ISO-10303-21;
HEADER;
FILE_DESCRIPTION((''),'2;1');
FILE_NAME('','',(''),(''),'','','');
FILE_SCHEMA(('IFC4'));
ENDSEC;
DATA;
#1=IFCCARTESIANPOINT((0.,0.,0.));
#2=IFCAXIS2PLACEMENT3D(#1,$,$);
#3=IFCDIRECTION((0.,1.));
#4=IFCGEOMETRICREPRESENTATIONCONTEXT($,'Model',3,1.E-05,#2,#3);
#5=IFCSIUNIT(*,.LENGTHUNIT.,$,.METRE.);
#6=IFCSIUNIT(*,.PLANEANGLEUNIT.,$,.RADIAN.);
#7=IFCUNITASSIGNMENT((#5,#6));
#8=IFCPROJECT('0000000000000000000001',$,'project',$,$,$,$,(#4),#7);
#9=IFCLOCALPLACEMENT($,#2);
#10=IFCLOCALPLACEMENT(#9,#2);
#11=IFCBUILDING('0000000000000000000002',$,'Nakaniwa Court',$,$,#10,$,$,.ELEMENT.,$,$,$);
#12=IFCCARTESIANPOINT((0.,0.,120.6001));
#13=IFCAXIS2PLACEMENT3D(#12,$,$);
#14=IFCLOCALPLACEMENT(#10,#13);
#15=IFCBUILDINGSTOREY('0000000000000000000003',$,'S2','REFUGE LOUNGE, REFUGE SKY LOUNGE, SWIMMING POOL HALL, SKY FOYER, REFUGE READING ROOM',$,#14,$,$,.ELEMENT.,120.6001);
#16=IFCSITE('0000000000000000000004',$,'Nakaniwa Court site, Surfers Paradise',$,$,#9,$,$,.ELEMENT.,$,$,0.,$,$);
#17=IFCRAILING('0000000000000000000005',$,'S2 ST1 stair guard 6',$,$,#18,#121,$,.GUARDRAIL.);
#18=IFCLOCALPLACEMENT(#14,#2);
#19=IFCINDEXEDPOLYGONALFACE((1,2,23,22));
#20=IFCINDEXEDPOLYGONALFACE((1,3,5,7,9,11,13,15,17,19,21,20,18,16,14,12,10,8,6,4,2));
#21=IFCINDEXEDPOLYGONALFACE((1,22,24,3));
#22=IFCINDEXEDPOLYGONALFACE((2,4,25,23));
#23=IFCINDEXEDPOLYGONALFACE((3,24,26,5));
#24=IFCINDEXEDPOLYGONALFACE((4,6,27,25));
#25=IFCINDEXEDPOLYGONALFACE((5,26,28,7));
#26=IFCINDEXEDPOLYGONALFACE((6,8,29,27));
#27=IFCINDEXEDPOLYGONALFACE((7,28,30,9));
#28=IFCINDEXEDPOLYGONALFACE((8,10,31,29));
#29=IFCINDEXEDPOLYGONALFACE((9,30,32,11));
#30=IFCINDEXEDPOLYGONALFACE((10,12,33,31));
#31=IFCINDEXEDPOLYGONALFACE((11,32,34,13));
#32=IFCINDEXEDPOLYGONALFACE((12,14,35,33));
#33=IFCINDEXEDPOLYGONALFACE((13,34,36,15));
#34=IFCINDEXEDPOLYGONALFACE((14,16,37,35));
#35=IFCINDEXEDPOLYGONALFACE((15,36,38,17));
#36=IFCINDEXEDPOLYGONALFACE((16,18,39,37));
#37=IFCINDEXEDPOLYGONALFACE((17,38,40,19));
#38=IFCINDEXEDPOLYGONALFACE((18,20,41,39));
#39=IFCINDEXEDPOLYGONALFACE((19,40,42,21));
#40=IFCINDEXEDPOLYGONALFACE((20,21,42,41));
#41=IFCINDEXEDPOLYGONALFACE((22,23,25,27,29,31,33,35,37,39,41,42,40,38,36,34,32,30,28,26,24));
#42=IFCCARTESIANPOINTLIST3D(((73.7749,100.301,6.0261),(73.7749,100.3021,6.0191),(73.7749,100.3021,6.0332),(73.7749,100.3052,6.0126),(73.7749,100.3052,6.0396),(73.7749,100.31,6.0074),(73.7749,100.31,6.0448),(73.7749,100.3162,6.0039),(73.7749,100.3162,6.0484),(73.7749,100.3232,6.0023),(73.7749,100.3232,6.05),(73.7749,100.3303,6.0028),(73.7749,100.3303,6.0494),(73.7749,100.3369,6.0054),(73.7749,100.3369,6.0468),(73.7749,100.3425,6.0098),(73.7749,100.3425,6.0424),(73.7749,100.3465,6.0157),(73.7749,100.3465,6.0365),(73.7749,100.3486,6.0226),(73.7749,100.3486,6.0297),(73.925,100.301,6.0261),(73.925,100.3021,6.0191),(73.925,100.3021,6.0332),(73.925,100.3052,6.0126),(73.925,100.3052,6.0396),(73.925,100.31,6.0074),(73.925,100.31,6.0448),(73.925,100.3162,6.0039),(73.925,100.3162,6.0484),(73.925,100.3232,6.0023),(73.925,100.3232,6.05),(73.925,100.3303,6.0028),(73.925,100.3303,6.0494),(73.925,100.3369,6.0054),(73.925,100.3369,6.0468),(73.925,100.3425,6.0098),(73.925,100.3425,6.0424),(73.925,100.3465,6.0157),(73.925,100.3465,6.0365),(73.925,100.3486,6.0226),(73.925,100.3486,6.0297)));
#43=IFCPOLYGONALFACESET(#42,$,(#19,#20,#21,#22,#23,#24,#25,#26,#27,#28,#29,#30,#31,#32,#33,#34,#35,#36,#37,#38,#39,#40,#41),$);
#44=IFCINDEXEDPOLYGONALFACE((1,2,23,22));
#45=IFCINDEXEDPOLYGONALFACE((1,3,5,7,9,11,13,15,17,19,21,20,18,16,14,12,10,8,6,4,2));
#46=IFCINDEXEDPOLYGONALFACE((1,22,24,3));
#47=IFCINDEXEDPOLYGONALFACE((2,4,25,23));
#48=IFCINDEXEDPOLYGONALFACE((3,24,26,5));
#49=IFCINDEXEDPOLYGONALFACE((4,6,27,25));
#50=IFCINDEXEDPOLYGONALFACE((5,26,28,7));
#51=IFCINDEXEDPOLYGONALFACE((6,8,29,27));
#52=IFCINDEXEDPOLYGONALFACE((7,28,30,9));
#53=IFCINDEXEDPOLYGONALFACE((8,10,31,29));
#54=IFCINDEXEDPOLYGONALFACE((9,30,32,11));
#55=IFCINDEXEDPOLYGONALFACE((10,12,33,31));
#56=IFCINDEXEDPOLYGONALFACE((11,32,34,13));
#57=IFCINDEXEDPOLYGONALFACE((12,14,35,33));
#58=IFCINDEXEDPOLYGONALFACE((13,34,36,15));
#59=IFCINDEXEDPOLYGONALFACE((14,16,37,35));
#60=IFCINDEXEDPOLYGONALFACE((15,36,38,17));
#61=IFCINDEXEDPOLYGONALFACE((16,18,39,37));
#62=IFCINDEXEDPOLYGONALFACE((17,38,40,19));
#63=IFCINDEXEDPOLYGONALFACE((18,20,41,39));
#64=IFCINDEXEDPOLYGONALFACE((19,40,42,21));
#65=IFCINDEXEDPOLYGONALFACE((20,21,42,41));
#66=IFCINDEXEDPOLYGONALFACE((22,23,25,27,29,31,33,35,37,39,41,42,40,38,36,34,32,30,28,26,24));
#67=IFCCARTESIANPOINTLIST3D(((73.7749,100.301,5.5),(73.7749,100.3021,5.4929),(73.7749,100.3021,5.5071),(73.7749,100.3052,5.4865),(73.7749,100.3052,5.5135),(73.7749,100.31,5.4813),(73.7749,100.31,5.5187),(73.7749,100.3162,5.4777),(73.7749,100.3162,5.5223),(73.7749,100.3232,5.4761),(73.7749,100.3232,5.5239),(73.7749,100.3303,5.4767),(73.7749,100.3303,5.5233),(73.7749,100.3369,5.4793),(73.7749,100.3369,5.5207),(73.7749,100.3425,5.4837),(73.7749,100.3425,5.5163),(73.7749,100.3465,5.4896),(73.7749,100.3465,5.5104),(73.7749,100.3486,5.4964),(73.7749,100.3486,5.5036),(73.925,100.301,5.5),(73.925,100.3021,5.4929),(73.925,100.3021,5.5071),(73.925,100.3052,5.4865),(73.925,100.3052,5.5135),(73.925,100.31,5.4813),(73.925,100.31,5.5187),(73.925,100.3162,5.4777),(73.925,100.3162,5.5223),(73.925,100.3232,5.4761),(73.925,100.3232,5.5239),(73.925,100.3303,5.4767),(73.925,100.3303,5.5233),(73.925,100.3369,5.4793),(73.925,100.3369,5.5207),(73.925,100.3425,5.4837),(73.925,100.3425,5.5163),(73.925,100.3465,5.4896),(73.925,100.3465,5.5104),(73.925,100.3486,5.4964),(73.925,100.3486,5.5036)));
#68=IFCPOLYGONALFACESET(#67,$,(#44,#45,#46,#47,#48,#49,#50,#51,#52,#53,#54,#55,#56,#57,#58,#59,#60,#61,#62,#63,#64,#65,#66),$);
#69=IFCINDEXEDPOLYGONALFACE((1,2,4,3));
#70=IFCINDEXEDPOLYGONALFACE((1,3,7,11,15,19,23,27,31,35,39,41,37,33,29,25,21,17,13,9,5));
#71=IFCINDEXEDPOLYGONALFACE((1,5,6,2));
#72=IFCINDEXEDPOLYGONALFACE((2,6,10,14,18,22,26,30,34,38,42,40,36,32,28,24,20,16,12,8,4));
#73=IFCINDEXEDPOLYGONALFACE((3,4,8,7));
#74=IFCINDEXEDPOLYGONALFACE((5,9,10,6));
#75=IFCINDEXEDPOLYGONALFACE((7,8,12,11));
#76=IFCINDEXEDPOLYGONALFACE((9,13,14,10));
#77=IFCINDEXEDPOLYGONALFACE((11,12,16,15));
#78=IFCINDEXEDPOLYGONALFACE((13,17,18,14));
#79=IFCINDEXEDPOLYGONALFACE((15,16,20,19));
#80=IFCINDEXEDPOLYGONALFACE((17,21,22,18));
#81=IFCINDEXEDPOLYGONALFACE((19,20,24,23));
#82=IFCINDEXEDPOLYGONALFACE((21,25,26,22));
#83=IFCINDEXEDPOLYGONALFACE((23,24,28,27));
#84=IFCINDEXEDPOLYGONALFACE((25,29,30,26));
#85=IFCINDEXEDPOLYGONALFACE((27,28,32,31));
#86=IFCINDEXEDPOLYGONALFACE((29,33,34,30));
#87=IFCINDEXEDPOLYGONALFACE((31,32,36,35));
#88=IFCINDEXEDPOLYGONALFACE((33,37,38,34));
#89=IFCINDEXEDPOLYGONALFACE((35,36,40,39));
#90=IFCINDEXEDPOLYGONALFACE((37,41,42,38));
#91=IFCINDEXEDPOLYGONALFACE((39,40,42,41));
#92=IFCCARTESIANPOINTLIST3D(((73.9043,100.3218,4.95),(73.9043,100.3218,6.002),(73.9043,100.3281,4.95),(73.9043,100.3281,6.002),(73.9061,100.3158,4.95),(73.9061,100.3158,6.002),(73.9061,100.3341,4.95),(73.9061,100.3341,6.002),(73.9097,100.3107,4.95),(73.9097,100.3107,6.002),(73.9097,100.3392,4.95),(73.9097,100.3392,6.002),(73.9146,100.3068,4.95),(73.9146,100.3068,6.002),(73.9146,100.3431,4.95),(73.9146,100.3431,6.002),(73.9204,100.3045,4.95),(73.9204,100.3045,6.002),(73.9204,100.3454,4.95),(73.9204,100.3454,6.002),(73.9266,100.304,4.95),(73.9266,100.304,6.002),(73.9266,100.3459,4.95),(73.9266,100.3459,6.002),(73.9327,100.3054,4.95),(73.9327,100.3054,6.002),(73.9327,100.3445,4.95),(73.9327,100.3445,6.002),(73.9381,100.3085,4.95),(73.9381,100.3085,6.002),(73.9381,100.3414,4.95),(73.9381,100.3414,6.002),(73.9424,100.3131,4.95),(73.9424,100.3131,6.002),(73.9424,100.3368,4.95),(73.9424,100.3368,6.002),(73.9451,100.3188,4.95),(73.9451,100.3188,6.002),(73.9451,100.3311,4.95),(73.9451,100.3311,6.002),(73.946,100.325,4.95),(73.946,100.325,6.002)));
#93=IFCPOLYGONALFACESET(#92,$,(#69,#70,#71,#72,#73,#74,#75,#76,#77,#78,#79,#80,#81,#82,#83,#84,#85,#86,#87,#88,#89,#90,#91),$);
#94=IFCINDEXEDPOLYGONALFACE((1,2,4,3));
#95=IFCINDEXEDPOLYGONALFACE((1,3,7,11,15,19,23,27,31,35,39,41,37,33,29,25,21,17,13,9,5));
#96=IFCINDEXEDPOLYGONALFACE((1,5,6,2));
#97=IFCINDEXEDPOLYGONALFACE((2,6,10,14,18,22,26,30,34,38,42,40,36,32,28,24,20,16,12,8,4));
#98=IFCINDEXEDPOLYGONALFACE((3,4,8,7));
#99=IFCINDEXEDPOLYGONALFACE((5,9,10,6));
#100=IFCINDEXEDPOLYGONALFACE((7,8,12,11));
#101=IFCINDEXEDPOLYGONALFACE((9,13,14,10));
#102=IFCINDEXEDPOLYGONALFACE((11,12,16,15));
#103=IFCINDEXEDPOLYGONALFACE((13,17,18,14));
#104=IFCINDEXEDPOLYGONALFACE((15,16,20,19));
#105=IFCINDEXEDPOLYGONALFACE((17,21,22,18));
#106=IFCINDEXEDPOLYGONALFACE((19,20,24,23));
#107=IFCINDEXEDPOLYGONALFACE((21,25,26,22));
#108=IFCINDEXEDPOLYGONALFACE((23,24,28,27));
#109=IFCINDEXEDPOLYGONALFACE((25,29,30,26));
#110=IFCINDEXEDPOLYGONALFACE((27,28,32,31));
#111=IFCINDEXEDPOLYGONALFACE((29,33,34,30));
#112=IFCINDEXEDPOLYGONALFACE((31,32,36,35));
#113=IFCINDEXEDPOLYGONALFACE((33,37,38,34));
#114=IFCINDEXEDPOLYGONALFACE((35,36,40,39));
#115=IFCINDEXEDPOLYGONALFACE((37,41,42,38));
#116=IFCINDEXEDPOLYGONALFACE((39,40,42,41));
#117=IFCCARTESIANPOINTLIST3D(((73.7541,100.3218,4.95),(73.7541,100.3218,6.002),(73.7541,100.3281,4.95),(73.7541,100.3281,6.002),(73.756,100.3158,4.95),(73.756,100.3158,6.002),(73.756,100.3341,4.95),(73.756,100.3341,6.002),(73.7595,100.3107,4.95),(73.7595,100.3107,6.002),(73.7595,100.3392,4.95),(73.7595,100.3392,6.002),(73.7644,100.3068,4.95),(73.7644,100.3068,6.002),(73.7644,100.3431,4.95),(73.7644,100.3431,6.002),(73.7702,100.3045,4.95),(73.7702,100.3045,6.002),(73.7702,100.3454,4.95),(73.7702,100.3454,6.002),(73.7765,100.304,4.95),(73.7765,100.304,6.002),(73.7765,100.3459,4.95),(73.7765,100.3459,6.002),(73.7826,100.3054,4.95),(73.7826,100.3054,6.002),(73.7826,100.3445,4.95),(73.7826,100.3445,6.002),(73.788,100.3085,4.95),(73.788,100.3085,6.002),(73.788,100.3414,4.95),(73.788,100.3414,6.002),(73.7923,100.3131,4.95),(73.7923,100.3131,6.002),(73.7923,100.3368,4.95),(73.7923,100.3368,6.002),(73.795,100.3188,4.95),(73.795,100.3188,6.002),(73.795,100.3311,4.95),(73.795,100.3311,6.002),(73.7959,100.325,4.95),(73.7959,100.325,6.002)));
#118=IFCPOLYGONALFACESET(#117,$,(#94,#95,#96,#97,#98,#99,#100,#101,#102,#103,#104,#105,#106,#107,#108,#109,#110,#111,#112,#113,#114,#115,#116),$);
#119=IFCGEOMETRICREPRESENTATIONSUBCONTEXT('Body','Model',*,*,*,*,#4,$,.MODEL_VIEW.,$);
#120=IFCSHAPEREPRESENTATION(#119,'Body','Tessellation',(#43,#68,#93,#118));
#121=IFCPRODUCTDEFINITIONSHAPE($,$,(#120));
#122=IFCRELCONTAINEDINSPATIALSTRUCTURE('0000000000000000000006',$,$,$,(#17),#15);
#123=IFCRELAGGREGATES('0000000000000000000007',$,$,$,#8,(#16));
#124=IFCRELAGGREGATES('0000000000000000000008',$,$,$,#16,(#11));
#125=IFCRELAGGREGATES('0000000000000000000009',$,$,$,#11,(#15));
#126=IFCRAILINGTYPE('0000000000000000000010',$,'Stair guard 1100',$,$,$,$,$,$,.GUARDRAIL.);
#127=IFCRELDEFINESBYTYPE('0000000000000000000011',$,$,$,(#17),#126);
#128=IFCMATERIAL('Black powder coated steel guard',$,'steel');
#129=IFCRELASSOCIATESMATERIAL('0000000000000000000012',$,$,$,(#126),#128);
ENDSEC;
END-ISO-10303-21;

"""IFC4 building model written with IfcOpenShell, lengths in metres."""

from ifc_helpers import new_model, si_unit, direction, frame, origin, origin_2d, place, context, subcontext, project, spatial, circle, extrude, material, type_object, element, save


model = new_model("IFC4")

# Units and contexts
model_context = context("Model", 3, precision=1e-05, world=origin(), true_north=direction((0.0, 1.0)))
body_context = subcontext(model_context, "Body", "Model", "MODEL_VIEW")
ifc_project = project(units=[si_unit("LENGTHUNIT", "METRE"), si_unit("PLANEANGLEUNIT", "RADIAN")], contexts=[model_context])

# Site, building, storey
site_placement = place(None, origin())
site = spatial("IfcSite", under=ifc_project, at=site_placement, Name="Nakaniwa Court site, Surfers Paradise", CompositionType="ELEMENT", RefElevation=0.0)
building_placement = place(site_placement, origin())
building = spatial("IfcBuilding", under=site, at=building_placement, Name="Nakaniwa Court", CompositionType="ELEMENT")
storey_placement = place(building_placement, frame((0.0, 0.0, 120.6001)))
storey = spatial("IfcBuildingStorey", under=building, at=storey_placement, Name="S2", Description="REFUGE LOUNGE, REFUGE SKY LOUNGE, SWIMMING POOL HALL, SKY FOYER, REFUGE READING ROOM", CompositionType="ELEMENT", Elevation=120.6001)

# Railing
ifc_material_1 = material(Name="Black powder coated steel guard", Category="steel")
railing_type_1 = type_object("IfcRailingType", Name="Stair guard 1100", PredefinedType="GUARDRAIL", material=ifc_material_1)
railing_1_placement = place(storey_placement, frame((73.925, 100.325, 4.95)))
element("IfcRailing", 1, at=railing_1_placement, inside=storey, type_object=railing_type_1, Name="S2 ST1 stair guard 6", PredefinedType="GUARDRAIL", context=body_context, shape_type="SweptSolid", body=[
    extrude(circle(Radius=0.0239, at=origin_2d()), frame((0.0, 0.0, 1.0762), z_axis=(-1.0, 0.0, 0.0), x_axis=(0.0, -1.0, 0.0)), (0.0, 0.0, 1.0), 0.1501),
    extrude(circle(Radius=0.0239, at=origin_2d()), frame((0.0, 0.0, 0.55), z_axis=(-1.0, 0.0, 0.0), x_axis=(0.0, -1.0, 0.0)), (0.0, 0.0, 1.0), 0.1501),
    extrude(circle(Radius=0.021, at=origin_2d()), origin(), (0.0, 0.0, 1.0), 1.052),
    extrude(circle(Radius=0.021, at=origin_2d()), frame((-0.1501, 0.0, 0.0)), (0.0, 0.0, 1.0), 1.052),
])

save(model, "model.ifc")
